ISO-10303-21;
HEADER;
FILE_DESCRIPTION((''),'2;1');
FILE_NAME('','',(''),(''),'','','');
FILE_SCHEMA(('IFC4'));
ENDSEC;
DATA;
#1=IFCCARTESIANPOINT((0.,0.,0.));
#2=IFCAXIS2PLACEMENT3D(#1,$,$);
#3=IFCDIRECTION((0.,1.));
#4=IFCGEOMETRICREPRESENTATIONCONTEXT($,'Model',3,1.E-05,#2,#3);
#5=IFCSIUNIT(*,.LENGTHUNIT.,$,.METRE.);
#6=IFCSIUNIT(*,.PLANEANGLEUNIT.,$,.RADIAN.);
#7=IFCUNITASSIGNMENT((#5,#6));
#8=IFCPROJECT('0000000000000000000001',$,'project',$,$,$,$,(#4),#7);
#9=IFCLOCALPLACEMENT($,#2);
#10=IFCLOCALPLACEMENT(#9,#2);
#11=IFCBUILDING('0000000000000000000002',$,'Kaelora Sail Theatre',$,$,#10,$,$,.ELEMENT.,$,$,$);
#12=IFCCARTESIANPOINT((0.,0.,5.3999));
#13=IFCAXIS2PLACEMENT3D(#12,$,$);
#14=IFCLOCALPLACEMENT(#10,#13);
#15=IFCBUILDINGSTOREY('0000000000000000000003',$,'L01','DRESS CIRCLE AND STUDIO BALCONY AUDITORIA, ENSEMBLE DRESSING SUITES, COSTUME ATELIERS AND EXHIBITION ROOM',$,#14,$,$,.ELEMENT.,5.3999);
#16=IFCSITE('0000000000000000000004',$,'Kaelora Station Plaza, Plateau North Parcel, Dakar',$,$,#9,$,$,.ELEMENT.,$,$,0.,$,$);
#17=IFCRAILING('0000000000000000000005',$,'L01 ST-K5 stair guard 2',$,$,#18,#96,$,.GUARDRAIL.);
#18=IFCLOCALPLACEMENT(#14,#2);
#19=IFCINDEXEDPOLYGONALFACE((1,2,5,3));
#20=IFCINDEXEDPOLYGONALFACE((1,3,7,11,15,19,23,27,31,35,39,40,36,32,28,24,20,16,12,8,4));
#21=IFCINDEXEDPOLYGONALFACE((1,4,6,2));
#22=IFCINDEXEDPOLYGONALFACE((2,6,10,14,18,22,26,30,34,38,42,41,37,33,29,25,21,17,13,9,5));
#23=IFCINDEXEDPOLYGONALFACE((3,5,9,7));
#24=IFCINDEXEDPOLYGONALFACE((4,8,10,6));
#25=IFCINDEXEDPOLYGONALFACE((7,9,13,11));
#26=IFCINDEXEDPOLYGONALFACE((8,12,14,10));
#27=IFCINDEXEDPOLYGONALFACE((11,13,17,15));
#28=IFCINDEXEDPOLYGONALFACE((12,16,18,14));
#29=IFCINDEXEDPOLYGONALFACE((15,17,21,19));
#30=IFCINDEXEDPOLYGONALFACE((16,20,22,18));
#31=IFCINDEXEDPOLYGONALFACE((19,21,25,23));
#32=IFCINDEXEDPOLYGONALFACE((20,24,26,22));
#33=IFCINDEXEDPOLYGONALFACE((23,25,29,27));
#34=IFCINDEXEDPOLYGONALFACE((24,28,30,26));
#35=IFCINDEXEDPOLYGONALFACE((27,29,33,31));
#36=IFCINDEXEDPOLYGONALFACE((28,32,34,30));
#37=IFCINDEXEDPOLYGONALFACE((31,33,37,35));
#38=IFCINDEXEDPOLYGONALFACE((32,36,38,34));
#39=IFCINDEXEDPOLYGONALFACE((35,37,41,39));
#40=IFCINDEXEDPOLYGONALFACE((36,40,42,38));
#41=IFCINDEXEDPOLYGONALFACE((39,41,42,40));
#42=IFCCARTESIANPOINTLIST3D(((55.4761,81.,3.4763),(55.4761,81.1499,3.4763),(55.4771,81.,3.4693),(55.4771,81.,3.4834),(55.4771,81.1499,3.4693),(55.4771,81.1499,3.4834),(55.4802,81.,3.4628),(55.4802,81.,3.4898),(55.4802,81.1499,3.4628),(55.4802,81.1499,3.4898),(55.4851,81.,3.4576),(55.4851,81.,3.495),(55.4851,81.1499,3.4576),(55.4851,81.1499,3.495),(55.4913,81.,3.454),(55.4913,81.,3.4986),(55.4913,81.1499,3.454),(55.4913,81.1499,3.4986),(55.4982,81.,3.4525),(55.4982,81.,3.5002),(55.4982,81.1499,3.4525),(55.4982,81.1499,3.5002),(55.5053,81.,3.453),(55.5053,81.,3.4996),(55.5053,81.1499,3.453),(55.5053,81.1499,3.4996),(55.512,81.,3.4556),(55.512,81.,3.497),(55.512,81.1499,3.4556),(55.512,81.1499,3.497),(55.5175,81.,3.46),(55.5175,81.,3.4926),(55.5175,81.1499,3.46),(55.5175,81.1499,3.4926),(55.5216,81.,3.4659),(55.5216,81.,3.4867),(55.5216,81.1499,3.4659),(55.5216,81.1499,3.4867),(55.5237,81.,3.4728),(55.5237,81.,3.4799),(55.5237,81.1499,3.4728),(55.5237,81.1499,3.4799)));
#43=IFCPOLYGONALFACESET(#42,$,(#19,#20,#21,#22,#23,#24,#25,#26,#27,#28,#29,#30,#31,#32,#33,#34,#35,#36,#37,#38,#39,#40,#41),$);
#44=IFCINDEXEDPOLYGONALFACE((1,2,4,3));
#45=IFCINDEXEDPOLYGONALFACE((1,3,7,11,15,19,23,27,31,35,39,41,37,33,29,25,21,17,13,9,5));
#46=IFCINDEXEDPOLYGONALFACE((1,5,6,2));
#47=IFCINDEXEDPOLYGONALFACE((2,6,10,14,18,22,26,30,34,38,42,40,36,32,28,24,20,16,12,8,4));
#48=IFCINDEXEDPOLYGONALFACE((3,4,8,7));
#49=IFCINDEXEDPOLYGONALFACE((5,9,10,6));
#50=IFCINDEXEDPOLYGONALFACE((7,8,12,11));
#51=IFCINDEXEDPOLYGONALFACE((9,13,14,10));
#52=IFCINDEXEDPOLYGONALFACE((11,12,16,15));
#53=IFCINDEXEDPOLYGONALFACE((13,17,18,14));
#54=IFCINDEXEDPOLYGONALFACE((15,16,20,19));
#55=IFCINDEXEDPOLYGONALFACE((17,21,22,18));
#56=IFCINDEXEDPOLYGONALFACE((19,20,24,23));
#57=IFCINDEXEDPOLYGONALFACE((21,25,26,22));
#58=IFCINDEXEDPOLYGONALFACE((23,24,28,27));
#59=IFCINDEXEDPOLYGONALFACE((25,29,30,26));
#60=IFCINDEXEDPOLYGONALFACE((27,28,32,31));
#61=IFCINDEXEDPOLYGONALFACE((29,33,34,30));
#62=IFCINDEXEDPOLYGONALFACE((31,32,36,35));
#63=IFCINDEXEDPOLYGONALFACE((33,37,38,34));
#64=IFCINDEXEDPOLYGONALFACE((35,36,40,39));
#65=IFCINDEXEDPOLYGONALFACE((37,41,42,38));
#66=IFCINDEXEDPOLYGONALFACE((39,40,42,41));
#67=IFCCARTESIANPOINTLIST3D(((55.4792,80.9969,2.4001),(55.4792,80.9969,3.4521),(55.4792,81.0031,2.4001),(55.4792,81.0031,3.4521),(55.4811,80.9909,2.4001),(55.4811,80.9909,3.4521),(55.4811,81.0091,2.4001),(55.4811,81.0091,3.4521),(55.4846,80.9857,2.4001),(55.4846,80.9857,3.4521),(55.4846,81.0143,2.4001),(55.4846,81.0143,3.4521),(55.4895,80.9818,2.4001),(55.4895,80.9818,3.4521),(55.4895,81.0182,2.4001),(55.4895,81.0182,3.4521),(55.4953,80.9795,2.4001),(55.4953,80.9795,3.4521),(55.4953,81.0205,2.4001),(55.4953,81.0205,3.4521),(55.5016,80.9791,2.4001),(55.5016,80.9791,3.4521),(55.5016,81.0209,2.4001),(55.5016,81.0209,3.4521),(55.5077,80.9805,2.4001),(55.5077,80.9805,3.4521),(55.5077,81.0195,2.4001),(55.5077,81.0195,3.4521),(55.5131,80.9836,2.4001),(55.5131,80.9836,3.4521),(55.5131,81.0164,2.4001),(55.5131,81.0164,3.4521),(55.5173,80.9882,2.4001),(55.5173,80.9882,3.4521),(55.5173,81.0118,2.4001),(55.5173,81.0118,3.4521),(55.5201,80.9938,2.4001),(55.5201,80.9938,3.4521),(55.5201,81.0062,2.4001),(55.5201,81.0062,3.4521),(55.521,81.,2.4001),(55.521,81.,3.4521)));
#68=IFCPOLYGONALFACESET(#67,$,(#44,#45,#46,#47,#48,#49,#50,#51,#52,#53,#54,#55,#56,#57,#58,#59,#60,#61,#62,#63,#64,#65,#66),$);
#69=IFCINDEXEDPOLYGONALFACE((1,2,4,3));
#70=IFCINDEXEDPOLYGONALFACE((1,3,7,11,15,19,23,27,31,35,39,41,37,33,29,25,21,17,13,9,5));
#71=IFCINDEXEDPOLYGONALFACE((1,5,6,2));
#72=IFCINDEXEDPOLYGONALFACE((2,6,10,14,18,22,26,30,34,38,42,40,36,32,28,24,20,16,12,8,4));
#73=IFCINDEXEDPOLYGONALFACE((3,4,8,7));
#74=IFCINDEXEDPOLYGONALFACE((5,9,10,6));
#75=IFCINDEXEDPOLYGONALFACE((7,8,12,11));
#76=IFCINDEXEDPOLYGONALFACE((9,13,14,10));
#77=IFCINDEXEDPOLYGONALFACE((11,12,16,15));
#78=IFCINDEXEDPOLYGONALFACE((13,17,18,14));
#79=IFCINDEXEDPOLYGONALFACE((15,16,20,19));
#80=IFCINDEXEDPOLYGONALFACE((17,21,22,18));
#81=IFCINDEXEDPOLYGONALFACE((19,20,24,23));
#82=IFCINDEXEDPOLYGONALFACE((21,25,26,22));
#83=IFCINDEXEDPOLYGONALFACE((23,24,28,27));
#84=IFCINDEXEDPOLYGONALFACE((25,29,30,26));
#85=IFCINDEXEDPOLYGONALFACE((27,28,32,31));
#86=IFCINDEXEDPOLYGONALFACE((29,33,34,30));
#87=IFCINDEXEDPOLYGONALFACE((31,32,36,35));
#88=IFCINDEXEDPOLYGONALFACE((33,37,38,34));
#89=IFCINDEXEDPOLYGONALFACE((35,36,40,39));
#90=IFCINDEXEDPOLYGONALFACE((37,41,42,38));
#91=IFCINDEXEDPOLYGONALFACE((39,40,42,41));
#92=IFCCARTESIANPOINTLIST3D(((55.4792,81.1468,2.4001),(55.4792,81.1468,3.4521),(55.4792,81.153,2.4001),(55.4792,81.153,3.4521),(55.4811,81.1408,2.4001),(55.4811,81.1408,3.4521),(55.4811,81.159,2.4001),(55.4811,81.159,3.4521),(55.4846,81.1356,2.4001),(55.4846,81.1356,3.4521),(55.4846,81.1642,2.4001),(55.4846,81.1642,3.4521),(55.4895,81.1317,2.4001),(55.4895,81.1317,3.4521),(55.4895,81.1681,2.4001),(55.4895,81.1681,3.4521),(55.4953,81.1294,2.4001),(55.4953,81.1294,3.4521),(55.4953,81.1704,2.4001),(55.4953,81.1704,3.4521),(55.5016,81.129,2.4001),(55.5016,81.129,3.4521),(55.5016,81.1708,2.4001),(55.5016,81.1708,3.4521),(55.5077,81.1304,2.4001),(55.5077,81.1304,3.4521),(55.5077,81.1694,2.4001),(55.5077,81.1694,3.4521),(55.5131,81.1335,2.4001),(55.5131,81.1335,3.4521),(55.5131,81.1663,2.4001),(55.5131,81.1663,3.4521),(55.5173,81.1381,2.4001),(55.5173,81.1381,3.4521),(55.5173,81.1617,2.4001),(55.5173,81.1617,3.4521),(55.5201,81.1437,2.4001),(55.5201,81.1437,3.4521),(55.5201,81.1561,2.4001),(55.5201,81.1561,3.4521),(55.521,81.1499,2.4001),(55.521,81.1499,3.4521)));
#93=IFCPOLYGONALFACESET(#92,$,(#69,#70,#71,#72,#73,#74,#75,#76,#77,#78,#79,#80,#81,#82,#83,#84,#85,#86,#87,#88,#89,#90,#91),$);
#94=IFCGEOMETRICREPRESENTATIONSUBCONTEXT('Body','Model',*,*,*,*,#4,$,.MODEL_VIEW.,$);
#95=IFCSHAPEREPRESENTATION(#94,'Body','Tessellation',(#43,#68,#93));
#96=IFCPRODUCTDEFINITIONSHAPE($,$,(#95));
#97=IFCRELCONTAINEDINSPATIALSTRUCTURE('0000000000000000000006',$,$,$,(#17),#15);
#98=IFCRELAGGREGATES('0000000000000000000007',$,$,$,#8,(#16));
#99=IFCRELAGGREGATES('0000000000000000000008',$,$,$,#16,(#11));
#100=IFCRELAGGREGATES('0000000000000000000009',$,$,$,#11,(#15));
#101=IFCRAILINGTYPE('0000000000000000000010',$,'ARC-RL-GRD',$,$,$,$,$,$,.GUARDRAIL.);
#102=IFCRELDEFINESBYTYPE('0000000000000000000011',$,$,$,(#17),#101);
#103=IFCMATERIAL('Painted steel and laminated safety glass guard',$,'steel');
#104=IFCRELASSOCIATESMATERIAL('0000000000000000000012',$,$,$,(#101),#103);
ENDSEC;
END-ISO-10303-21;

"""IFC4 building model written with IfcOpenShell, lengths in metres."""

from ifc_helpers import new_model, si_unit, direction, frame, origin, origin_2d, place, context, subcontext, project, spatial, circle, extrude, material, type_object, element, save


model = new_model("IFC4")

# Units and contexts
model_context = context("Model", 3, precision=1e-05, world=origin(), true_north=direction((0.0, 1.0)))
body_context = subcontext(model_context, "Body", "Model", "MODEL_VIEW")
ifc_project = project(units=[si_unit("LENGTHUNIT", "METRE"), si_unit("PLANEANGLEUNIT", "RADIAN")], contexts=[model_context])

# Site, building, storey
site_placement = place(None, origin())
site = spatial("IfcSite", under=ifc_project, at=site_placement, Name="Kaelora Station Plaza, Plateau North Parcel, Dakar", CompositionType="ELEMENT", RefElevation=0.0)
building_placement = place(site_placement, origin())
building = spatial("IfcBuilding", under=site, at=building_placement, Name="Kaelora Sail Theatre", CompositionType="ELEMENT")
storey_placement = place(building_placement, frame((0.0, 0.0, 5.3999)))
storey = spatial("IfcBuildingStorey", under=building, at=storey_placement, Name="L01", Description="DRESS CIRCLE AND STUDIO BALCONY AUDITORIA, ENSEMBLE DRESSING SUITES, COSTUME ATELIERS AND EXHIBITION ROOM", CompositionType="ELEMENT", Elevation=5.3999)

# Railing
ifc_material_1 = material(Name="Painted steel and laminated safety glass guard", Category="steel")
railing_type_1 = type_object("IfcRailingType", Name="ARC-RL-GRD", PredefinedType="GUARDRAIL", material=ifc_material_1)
railing_1_placement = place(storey_placement, frame((55.5, 81.0, 2.4001)))
element("IfcRailing", 1, at=railing_1_placement, inside=storey, type_object=railing_type_1, Name="L01 ST-K5 stair guard 2", PredefinedType="GUARDRAIL", context=body_context, shape_type="SweptSolid", body=[
    extrude(circle(Radius=0.0239, at=origin_2d()), frame((0.0, 0.0, 1.0762), z_axis=(0.0, 1.0, 0.0), x_axis=(-1.0, 0.0, 0.0)), (0.0, 0.0, 1.0), 0.1499),
    extrude(circle(Radius=0.021, at=origin_2d()), origin(), (0.0, 0.0, 1.0), 1.052),
    extrude(circle(Radius=0.021, at=origin_2d()), frame((0.0, 0.1499, 0.0)), (0.0, 0.0, 1.0), 1.052),
])

save(model, "model.ifc")
